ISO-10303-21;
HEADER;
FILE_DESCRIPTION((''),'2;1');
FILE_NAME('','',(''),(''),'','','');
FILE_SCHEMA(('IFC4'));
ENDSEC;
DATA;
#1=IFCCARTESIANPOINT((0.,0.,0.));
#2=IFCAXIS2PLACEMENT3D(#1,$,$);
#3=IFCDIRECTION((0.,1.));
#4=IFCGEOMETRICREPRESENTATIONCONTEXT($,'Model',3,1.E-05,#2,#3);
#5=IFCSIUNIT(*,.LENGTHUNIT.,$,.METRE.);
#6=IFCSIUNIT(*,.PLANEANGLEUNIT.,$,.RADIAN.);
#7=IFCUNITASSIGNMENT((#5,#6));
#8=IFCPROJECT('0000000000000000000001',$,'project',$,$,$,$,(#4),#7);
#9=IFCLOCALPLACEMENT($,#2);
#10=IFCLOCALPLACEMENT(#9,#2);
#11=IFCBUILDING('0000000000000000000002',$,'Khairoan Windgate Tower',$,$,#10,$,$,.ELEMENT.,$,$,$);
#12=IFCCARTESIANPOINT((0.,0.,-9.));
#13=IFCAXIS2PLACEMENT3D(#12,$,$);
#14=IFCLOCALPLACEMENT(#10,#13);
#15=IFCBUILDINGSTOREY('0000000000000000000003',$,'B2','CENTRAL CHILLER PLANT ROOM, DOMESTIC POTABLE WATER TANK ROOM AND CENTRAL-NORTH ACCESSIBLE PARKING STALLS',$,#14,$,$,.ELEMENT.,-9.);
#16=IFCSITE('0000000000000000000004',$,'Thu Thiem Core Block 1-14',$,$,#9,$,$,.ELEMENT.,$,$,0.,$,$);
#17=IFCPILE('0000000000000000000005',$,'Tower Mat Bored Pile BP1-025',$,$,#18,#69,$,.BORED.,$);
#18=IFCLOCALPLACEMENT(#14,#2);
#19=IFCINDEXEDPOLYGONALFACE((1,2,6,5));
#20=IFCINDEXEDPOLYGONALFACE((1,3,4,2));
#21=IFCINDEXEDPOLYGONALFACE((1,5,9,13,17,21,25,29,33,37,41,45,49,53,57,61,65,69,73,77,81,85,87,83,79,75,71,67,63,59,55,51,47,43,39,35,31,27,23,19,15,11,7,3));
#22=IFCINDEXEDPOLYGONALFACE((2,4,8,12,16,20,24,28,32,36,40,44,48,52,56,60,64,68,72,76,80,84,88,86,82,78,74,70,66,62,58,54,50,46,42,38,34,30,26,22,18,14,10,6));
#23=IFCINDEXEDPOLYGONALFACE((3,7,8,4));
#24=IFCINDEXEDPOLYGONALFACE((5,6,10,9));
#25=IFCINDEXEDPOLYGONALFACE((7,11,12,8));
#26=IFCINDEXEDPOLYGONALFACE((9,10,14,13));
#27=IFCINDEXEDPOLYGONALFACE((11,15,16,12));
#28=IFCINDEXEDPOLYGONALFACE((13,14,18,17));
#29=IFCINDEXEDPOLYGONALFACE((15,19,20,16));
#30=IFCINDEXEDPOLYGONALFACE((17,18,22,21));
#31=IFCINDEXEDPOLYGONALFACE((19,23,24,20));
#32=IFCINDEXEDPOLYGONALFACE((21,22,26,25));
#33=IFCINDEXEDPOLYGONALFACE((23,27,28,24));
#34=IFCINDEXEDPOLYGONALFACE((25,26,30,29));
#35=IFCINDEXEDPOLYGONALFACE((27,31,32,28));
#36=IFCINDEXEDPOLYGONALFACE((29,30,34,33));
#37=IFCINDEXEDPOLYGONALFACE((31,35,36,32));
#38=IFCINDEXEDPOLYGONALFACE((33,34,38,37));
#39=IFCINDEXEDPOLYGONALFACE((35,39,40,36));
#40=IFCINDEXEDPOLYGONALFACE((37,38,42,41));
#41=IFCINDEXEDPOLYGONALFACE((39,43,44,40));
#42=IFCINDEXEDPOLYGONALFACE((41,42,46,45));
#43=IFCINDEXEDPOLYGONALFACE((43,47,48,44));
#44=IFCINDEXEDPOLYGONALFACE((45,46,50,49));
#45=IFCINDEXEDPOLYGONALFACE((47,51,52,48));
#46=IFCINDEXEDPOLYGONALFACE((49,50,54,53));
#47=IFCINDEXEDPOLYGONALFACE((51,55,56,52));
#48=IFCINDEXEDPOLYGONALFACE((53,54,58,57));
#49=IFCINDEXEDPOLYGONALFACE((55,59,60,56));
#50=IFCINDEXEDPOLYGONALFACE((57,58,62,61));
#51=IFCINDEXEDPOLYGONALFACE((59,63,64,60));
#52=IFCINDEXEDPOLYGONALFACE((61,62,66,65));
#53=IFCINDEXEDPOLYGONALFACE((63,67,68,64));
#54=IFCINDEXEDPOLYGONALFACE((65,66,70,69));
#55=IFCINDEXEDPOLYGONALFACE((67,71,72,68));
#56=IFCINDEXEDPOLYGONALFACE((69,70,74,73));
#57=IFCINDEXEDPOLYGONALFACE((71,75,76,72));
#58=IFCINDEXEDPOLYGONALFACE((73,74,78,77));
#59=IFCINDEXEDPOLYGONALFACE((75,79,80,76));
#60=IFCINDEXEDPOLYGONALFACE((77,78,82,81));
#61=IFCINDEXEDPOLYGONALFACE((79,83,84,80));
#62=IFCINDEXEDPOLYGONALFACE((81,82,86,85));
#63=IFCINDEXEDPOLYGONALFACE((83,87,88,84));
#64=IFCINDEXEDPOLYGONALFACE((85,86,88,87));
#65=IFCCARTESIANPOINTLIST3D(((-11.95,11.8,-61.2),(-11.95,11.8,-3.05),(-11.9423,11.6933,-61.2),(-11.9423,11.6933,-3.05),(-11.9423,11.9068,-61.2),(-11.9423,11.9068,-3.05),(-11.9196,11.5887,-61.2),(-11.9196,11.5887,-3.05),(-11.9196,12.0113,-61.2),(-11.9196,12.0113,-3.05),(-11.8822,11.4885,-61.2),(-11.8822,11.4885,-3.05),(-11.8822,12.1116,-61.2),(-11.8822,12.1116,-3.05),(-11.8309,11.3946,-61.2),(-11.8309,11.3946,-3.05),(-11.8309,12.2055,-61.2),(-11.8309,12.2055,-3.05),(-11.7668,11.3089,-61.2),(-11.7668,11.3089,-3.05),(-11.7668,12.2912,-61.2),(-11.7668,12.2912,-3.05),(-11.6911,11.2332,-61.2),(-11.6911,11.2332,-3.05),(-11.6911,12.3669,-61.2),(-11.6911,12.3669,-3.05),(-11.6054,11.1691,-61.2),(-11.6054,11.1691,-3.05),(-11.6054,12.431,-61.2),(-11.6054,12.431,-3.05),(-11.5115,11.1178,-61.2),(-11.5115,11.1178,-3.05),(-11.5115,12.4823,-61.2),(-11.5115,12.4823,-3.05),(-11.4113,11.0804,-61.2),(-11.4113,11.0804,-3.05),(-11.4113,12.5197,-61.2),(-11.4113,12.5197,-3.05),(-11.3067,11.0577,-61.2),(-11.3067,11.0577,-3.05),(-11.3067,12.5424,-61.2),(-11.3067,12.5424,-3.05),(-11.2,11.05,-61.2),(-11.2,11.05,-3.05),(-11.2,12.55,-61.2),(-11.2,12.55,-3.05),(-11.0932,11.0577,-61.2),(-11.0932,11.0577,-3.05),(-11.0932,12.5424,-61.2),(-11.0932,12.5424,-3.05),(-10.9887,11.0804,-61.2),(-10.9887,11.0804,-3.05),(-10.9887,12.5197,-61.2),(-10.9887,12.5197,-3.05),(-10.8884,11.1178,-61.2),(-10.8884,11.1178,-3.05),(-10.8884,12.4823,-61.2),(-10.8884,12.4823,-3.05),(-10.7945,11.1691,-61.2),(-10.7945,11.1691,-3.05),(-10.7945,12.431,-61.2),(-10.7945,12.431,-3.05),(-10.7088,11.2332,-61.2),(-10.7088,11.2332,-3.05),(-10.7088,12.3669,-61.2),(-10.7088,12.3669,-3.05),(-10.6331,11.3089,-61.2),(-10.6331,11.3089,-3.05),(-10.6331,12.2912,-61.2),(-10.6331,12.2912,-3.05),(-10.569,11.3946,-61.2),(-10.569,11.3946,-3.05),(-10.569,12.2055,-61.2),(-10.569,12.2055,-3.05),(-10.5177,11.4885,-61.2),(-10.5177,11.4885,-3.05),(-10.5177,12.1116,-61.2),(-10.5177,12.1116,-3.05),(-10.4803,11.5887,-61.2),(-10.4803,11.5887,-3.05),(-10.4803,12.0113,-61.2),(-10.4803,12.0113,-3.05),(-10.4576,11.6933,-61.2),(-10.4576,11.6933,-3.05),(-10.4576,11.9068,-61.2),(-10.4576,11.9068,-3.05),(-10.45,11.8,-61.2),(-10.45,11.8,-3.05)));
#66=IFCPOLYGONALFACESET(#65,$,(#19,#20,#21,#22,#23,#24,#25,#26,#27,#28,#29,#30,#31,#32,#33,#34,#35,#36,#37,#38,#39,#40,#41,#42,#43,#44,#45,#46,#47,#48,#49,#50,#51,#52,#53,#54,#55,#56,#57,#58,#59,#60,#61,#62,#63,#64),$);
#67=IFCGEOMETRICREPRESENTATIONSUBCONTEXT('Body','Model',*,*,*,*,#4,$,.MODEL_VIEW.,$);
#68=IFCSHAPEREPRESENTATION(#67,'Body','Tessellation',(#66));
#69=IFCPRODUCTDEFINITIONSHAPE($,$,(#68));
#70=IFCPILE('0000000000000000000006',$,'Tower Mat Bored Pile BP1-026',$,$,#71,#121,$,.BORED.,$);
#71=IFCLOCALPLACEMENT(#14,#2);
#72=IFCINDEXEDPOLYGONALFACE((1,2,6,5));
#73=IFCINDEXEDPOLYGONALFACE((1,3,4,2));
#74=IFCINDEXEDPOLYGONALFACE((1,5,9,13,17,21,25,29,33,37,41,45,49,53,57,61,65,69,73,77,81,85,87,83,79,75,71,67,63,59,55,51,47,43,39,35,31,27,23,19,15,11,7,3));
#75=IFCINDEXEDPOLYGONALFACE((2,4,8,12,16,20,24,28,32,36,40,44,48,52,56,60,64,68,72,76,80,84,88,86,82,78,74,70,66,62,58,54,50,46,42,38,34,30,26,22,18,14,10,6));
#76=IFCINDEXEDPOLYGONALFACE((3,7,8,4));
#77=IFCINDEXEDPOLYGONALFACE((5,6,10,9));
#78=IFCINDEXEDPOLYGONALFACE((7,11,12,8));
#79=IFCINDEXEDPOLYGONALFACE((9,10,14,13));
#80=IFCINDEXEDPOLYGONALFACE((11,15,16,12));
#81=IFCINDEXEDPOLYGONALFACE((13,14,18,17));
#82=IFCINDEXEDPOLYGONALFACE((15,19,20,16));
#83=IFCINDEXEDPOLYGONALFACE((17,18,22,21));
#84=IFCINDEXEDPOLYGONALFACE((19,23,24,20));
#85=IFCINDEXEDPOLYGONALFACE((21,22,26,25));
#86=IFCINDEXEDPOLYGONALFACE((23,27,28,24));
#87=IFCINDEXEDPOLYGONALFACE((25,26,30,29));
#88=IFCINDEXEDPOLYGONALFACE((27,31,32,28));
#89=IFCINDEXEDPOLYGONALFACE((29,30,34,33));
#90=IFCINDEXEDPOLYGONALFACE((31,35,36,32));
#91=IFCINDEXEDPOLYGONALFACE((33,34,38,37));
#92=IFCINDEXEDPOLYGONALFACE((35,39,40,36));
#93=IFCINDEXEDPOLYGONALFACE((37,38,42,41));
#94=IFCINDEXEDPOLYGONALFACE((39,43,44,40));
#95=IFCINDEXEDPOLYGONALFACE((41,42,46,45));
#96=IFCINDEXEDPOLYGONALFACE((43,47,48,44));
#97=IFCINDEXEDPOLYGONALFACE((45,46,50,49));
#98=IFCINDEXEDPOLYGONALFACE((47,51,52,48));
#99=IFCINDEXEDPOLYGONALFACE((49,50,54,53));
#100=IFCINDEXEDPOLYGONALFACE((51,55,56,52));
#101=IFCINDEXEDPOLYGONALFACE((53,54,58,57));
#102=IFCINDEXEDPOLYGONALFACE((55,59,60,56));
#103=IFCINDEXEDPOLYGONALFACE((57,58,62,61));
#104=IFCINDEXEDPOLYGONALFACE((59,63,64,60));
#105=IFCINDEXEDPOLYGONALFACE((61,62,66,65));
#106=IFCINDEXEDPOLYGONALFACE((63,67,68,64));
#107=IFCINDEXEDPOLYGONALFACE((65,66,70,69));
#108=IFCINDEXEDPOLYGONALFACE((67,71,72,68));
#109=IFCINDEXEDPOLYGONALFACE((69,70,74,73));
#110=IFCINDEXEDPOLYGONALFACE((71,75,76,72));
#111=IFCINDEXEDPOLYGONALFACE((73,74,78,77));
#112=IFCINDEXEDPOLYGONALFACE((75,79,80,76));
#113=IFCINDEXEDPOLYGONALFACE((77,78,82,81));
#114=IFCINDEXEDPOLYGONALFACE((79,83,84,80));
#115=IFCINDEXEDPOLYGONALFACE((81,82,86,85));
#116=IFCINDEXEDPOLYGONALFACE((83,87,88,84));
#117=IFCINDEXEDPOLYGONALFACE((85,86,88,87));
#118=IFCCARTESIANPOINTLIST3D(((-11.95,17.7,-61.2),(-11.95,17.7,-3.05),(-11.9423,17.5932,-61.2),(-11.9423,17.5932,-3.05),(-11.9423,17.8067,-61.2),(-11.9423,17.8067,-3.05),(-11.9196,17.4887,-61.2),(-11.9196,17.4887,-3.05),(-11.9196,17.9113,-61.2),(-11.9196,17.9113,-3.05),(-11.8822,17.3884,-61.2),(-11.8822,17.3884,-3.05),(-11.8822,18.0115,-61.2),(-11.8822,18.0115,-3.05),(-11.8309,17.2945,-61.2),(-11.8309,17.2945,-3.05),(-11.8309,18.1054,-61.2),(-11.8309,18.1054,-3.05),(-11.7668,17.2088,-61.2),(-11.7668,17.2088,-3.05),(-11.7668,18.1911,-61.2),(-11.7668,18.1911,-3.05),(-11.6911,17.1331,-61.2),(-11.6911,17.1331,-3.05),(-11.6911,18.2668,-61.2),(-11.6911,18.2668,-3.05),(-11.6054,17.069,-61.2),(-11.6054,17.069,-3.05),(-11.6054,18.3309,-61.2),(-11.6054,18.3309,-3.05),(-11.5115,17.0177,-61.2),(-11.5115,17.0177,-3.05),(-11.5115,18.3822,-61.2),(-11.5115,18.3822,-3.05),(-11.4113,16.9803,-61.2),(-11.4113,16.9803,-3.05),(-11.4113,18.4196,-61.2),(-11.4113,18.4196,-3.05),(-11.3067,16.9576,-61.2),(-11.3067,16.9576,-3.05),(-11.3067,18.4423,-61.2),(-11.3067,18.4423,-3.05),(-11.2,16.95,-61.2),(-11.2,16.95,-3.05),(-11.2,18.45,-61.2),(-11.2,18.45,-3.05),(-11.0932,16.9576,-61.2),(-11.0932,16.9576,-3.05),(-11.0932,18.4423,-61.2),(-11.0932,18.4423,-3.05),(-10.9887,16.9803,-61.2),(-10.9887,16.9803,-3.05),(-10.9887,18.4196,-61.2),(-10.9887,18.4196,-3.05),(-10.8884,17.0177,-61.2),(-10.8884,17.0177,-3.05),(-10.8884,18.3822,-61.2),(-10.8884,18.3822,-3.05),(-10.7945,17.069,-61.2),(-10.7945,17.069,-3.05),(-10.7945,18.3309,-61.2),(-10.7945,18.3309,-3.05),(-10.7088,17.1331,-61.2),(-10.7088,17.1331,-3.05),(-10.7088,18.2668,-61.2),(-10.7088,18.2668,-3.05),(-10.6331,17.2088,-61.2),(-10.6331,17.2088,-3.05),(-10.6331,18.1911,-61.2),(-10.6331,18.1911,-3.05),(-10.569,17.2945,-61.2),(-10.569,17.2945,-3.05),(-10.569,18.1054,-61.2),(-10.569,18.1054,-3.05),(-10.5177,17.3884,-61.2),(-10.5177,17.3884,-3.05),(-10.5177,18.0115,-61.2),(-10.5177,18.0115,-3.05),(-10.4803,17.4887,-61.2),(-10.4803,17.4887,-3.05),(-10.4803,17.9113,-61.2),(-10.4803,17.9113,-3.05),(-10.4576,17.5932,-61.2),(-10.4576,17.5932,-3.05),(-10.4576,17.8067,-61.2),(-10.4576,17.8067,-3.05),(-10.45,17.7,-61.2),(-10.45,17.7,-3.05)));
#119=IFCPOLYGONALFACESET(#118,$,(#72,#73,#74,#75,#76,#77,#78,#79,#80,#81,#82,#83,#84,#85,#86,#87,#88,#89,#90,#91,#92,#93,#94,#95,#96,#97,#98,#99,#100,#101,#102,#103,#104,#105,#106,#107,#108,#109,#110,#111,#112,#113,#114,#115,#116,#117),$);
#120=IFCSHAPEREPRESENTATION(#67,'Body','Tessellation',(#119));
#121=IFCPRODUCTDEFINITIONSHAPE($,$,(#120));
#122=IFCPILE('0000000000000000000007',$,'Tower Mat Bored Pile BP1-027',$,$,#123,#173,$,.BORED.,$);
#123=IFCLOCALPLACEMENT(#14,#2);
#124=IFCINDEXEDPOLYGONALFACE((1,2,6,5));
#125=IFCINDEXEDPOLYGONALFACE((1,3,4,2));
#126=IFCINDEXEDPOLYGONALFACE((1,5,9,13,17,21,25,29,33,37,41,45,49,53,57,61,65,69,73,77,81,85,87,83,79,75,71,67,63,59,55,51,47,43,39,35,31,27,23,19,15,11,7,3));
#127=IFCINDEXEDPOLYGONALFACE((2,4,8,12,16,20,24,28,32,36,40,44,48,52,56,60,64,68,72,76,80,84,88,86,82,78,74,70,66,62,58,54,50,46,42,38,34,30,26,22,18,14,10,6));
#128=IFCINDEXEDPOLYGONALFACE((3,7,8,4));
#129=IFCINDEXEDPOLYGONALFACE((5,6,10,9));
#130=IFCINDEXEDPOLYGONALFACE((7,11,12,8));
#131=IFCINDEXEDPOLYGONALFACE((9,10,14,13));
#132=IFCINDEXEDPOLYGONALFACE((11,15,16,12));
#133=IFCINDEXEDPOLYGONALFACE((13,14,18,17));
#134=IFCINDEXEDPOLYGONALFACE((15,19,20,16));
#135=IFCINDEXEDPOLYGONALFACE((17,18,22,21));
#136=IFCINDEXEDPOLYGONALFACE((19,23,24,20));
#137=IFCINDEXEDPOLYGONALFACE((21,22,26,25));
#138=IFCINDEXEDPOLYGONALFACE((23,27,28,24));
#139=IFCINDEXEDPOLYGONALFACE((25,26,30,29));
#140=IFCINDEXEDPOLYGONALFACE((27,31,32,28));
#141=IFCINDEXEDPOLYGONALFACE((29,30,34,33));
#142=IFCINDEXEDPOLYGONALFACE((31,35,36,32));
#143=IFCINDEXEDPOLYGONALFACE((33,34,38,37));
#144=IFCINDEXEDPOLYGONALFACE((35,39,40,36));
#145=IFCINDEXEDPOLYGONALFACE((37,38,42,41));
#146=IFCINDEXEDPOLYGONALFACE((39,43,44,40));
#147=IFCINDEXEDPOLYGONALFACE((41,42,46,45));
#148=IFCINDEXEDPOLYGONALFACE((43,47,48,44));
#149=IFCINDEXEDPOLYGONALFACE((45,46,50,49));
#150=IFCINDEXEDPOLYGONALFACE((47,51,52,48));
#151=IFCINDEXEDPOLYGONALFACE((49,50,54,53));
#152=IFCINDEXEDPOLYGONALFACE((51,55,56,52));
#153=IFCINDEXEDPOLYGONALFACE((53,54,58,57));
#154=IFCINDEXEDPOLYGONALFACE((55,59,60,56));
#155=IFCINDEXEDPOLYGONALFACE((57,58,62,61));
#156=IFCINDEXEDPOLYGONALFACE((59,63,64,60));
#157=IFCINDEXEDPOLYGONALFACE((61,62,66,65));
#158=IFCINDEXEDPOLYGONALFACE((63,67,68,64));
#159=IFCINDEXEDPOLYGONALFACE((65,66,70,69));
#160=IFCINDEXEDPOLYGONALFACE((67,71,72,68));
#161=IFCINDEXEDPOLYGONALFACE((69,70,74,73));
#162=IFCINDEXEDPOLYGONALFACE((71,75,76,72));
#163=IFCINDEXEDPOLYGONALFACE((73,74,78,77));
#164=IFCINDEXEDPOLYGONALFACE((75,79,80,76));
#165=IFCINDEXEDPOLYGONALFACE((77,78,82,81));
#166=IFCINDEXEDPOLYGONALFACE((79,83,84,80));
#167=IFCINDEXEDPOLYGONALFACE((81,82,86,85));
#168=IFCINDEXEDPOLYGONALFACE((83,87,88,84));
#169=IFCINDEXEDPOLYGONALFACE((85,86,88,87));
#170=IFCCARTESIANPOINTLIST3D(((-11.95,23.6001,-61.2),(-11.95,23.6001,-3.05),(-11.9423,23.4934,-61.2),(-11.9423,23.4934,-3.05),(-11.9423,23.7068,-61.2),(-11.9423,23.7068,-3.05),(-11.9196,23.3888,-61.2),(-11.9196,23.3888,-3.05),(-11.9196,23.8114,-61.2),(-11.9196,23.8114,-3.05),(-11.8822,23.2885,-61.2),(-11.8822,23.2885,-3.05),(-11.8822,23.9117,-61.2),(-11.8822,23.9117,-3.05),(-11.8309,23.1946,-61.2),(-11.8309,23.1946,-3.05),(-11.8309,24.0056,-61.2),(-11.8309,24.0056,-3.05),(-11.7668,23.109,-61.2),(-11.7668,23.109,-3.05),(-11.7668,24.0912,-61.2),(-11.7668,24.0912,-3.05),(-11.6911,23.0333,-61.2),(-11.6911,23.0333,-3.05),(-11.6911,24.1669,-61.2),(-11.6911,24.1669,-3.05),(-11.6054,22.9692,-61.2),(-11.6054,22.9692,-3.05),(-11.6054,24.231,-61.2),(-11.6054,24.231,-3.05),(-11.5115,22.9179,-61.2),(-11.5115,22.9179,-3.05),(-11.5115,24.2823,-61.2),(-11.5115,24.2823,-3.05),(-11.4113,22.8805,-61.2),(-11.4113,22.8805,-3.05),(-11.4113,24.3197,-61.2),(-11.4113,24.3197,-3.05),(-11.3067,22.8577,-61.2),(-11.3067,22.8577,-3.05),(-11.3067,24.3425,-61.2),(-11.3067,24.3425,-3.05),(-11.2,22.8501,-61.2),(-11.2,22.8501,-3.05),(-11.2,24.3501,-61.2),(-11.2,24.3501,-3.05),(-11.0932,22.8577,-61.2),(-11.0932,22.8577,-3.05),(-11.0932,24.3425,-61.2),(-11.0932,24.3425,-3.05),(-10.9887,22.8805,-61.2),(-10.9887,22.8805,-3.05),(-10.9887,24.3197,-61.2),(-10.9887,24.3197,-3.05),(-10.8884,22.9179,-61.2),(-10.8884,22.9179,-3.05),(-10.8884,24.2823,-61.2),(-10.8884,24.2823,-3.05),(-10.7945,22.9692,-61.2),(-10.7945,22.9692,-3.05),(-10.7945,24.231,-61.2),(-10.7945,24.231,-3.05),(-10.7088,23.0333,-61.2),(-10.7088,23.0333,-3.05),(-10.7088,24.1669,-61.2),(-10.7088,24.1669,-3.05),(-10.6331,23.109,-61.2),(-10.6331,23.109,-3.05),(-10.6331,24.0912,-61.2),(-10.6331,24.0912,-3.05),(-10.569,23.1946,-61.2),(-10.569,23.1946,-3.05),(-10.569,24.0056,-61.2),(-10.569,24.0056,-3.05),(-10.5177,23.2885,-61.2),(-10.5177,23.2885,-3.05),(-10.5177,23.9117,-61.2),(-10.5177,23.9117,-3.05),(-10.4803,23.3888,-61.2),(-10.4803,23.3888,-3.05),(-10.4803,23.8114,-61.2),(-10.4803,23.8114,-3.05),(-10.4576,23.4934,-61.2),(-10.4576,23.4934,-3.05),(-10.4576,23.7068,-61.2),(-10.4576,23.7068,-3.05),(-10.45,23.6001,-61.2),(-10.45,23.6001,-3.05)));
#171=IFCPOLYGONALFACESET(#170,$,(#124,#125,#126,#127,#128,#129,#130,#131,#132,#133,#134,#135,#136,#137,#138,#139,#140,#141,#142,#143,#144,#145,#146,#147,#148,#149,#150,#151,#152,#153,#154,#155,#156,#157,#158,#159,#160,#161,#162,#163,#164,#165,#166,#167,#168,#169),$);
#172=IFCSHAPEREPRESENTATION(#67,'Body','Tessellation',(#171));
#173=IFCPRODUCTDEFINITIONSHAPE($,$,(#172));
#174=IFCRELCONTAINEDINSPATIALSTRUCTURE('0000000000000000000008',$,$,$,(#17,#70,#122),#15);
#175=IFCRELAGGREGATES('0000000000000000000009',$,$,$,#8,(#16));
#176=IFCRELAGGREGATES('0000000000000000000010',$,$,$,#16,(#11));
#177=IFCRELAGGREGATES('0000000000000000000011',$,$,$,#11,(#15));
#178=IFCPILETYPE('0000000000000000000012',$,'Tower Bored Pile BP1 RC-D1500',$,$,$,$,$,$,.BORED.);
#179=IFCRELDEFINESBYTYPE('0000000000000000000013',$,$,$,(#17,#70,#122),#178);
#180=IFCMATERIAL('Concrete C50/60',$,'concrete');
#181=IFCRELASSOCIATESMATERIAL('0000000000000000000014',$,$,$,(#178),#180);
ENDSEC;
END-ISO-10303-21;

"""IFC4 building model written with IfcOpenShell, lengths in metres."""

from ifc_helpers import new_model, si_unit, direction, frame, origin, origin_2d, place, context, subcontext, project, spatial, circle, extrude, material, material_profile, profile_set, type_object, element, save


model = new_model("IFC4")

# Units and contexts
model_context = context("Model", 3, precision=1e-05, world=origin(), true_north=direction((0.0, 1.0)))
body_context = subcontext(model_context, "Body", "Model", "MODEL_VIEW")
ifc_project = project(units=[si_unit("LENGTHUNIT", "METRE"), si_unit("PLANEANGLEUNIT", "RADIAN")], contexts=[model_context])

# Site, building, storey
site_placement = place(None, origin())
site = spatial("IfcSite", under=ifc_project, at=site_placement, Name="Thu Thiem Core Block 1-14", CompositionType="ELEMENT", RefElevation=0.0)
building_placement = place(site_placement, origin())
building = spatial("IfcBuilding", under=site, at=building_placement, Name="Khairoan Windgate Tower", CompositionType="ELEMENT")
storey_placement = place(building_placement, frame((0.0, 0.0, -9.0)))
storey = spatial("IfcBuildingStorey", under=building, at=storey_placement, Name="B2", Description="CENTRAL CHILLER PLANT ROOM, DOMESTIC POTABLE WATER TANK ROOM AND CENTRAL-NORTH ACCESSIBLE PARKING STALLS", CompositionType="ELEMENT", Elevation=-9.0)

# Piles
ifc_material_1 = material(Name="Concrete C50/60", Category="concrete")
ifc_material_profile_1 = material_profile(ifc_material_1, circle(Radius=0.75, at=origin_2d()))
ifc_profile_set_1 = profile_set([ifc_material_profile_1], Name="Concrete C50/60")
pile_type = type_object("IfcPileType", Name="Tower Bored Pile BP1 RC-D1500", PredefinedType="BORED", material=ifc_profile_set_1)
for number, where, z_axis, x_axis, name in (
    (1, (-11.2, 11.8, -3.05), (0.0, 0.0, -1.0), (1.0, 0.0, 0.0), "Tower Mat Bored Pile BP1-025"),
    (2, (-11.2, 17.7, -3.05), (0.0, 0.0, -1.0), (1.0, 0.0, 0.0), "Tower Mat Bored Pile BP1-026"),
    (3, (-11.2, 23.6001, -3.05), (0.0, 0.0, -1.0), (1.0, 0.0, 0.0), "Tower Mat Bored Pile BP1-027"),
):
    element("IfcPile", number, at=place(storey_placement, frame(where, z_axis=z_axis, x_axis=x_axis)), inside=storey, type_object=pile_type, Name=name, PredefinedType="BORED", context=body_context, shape_type="SweptSolid", body=[
        extrude(circle(Radius=0.75, at=origin_2d()), origin(), (0.0, 0.0, 1.0), 58.1499),
    ])

save(model, "model.ifc")
